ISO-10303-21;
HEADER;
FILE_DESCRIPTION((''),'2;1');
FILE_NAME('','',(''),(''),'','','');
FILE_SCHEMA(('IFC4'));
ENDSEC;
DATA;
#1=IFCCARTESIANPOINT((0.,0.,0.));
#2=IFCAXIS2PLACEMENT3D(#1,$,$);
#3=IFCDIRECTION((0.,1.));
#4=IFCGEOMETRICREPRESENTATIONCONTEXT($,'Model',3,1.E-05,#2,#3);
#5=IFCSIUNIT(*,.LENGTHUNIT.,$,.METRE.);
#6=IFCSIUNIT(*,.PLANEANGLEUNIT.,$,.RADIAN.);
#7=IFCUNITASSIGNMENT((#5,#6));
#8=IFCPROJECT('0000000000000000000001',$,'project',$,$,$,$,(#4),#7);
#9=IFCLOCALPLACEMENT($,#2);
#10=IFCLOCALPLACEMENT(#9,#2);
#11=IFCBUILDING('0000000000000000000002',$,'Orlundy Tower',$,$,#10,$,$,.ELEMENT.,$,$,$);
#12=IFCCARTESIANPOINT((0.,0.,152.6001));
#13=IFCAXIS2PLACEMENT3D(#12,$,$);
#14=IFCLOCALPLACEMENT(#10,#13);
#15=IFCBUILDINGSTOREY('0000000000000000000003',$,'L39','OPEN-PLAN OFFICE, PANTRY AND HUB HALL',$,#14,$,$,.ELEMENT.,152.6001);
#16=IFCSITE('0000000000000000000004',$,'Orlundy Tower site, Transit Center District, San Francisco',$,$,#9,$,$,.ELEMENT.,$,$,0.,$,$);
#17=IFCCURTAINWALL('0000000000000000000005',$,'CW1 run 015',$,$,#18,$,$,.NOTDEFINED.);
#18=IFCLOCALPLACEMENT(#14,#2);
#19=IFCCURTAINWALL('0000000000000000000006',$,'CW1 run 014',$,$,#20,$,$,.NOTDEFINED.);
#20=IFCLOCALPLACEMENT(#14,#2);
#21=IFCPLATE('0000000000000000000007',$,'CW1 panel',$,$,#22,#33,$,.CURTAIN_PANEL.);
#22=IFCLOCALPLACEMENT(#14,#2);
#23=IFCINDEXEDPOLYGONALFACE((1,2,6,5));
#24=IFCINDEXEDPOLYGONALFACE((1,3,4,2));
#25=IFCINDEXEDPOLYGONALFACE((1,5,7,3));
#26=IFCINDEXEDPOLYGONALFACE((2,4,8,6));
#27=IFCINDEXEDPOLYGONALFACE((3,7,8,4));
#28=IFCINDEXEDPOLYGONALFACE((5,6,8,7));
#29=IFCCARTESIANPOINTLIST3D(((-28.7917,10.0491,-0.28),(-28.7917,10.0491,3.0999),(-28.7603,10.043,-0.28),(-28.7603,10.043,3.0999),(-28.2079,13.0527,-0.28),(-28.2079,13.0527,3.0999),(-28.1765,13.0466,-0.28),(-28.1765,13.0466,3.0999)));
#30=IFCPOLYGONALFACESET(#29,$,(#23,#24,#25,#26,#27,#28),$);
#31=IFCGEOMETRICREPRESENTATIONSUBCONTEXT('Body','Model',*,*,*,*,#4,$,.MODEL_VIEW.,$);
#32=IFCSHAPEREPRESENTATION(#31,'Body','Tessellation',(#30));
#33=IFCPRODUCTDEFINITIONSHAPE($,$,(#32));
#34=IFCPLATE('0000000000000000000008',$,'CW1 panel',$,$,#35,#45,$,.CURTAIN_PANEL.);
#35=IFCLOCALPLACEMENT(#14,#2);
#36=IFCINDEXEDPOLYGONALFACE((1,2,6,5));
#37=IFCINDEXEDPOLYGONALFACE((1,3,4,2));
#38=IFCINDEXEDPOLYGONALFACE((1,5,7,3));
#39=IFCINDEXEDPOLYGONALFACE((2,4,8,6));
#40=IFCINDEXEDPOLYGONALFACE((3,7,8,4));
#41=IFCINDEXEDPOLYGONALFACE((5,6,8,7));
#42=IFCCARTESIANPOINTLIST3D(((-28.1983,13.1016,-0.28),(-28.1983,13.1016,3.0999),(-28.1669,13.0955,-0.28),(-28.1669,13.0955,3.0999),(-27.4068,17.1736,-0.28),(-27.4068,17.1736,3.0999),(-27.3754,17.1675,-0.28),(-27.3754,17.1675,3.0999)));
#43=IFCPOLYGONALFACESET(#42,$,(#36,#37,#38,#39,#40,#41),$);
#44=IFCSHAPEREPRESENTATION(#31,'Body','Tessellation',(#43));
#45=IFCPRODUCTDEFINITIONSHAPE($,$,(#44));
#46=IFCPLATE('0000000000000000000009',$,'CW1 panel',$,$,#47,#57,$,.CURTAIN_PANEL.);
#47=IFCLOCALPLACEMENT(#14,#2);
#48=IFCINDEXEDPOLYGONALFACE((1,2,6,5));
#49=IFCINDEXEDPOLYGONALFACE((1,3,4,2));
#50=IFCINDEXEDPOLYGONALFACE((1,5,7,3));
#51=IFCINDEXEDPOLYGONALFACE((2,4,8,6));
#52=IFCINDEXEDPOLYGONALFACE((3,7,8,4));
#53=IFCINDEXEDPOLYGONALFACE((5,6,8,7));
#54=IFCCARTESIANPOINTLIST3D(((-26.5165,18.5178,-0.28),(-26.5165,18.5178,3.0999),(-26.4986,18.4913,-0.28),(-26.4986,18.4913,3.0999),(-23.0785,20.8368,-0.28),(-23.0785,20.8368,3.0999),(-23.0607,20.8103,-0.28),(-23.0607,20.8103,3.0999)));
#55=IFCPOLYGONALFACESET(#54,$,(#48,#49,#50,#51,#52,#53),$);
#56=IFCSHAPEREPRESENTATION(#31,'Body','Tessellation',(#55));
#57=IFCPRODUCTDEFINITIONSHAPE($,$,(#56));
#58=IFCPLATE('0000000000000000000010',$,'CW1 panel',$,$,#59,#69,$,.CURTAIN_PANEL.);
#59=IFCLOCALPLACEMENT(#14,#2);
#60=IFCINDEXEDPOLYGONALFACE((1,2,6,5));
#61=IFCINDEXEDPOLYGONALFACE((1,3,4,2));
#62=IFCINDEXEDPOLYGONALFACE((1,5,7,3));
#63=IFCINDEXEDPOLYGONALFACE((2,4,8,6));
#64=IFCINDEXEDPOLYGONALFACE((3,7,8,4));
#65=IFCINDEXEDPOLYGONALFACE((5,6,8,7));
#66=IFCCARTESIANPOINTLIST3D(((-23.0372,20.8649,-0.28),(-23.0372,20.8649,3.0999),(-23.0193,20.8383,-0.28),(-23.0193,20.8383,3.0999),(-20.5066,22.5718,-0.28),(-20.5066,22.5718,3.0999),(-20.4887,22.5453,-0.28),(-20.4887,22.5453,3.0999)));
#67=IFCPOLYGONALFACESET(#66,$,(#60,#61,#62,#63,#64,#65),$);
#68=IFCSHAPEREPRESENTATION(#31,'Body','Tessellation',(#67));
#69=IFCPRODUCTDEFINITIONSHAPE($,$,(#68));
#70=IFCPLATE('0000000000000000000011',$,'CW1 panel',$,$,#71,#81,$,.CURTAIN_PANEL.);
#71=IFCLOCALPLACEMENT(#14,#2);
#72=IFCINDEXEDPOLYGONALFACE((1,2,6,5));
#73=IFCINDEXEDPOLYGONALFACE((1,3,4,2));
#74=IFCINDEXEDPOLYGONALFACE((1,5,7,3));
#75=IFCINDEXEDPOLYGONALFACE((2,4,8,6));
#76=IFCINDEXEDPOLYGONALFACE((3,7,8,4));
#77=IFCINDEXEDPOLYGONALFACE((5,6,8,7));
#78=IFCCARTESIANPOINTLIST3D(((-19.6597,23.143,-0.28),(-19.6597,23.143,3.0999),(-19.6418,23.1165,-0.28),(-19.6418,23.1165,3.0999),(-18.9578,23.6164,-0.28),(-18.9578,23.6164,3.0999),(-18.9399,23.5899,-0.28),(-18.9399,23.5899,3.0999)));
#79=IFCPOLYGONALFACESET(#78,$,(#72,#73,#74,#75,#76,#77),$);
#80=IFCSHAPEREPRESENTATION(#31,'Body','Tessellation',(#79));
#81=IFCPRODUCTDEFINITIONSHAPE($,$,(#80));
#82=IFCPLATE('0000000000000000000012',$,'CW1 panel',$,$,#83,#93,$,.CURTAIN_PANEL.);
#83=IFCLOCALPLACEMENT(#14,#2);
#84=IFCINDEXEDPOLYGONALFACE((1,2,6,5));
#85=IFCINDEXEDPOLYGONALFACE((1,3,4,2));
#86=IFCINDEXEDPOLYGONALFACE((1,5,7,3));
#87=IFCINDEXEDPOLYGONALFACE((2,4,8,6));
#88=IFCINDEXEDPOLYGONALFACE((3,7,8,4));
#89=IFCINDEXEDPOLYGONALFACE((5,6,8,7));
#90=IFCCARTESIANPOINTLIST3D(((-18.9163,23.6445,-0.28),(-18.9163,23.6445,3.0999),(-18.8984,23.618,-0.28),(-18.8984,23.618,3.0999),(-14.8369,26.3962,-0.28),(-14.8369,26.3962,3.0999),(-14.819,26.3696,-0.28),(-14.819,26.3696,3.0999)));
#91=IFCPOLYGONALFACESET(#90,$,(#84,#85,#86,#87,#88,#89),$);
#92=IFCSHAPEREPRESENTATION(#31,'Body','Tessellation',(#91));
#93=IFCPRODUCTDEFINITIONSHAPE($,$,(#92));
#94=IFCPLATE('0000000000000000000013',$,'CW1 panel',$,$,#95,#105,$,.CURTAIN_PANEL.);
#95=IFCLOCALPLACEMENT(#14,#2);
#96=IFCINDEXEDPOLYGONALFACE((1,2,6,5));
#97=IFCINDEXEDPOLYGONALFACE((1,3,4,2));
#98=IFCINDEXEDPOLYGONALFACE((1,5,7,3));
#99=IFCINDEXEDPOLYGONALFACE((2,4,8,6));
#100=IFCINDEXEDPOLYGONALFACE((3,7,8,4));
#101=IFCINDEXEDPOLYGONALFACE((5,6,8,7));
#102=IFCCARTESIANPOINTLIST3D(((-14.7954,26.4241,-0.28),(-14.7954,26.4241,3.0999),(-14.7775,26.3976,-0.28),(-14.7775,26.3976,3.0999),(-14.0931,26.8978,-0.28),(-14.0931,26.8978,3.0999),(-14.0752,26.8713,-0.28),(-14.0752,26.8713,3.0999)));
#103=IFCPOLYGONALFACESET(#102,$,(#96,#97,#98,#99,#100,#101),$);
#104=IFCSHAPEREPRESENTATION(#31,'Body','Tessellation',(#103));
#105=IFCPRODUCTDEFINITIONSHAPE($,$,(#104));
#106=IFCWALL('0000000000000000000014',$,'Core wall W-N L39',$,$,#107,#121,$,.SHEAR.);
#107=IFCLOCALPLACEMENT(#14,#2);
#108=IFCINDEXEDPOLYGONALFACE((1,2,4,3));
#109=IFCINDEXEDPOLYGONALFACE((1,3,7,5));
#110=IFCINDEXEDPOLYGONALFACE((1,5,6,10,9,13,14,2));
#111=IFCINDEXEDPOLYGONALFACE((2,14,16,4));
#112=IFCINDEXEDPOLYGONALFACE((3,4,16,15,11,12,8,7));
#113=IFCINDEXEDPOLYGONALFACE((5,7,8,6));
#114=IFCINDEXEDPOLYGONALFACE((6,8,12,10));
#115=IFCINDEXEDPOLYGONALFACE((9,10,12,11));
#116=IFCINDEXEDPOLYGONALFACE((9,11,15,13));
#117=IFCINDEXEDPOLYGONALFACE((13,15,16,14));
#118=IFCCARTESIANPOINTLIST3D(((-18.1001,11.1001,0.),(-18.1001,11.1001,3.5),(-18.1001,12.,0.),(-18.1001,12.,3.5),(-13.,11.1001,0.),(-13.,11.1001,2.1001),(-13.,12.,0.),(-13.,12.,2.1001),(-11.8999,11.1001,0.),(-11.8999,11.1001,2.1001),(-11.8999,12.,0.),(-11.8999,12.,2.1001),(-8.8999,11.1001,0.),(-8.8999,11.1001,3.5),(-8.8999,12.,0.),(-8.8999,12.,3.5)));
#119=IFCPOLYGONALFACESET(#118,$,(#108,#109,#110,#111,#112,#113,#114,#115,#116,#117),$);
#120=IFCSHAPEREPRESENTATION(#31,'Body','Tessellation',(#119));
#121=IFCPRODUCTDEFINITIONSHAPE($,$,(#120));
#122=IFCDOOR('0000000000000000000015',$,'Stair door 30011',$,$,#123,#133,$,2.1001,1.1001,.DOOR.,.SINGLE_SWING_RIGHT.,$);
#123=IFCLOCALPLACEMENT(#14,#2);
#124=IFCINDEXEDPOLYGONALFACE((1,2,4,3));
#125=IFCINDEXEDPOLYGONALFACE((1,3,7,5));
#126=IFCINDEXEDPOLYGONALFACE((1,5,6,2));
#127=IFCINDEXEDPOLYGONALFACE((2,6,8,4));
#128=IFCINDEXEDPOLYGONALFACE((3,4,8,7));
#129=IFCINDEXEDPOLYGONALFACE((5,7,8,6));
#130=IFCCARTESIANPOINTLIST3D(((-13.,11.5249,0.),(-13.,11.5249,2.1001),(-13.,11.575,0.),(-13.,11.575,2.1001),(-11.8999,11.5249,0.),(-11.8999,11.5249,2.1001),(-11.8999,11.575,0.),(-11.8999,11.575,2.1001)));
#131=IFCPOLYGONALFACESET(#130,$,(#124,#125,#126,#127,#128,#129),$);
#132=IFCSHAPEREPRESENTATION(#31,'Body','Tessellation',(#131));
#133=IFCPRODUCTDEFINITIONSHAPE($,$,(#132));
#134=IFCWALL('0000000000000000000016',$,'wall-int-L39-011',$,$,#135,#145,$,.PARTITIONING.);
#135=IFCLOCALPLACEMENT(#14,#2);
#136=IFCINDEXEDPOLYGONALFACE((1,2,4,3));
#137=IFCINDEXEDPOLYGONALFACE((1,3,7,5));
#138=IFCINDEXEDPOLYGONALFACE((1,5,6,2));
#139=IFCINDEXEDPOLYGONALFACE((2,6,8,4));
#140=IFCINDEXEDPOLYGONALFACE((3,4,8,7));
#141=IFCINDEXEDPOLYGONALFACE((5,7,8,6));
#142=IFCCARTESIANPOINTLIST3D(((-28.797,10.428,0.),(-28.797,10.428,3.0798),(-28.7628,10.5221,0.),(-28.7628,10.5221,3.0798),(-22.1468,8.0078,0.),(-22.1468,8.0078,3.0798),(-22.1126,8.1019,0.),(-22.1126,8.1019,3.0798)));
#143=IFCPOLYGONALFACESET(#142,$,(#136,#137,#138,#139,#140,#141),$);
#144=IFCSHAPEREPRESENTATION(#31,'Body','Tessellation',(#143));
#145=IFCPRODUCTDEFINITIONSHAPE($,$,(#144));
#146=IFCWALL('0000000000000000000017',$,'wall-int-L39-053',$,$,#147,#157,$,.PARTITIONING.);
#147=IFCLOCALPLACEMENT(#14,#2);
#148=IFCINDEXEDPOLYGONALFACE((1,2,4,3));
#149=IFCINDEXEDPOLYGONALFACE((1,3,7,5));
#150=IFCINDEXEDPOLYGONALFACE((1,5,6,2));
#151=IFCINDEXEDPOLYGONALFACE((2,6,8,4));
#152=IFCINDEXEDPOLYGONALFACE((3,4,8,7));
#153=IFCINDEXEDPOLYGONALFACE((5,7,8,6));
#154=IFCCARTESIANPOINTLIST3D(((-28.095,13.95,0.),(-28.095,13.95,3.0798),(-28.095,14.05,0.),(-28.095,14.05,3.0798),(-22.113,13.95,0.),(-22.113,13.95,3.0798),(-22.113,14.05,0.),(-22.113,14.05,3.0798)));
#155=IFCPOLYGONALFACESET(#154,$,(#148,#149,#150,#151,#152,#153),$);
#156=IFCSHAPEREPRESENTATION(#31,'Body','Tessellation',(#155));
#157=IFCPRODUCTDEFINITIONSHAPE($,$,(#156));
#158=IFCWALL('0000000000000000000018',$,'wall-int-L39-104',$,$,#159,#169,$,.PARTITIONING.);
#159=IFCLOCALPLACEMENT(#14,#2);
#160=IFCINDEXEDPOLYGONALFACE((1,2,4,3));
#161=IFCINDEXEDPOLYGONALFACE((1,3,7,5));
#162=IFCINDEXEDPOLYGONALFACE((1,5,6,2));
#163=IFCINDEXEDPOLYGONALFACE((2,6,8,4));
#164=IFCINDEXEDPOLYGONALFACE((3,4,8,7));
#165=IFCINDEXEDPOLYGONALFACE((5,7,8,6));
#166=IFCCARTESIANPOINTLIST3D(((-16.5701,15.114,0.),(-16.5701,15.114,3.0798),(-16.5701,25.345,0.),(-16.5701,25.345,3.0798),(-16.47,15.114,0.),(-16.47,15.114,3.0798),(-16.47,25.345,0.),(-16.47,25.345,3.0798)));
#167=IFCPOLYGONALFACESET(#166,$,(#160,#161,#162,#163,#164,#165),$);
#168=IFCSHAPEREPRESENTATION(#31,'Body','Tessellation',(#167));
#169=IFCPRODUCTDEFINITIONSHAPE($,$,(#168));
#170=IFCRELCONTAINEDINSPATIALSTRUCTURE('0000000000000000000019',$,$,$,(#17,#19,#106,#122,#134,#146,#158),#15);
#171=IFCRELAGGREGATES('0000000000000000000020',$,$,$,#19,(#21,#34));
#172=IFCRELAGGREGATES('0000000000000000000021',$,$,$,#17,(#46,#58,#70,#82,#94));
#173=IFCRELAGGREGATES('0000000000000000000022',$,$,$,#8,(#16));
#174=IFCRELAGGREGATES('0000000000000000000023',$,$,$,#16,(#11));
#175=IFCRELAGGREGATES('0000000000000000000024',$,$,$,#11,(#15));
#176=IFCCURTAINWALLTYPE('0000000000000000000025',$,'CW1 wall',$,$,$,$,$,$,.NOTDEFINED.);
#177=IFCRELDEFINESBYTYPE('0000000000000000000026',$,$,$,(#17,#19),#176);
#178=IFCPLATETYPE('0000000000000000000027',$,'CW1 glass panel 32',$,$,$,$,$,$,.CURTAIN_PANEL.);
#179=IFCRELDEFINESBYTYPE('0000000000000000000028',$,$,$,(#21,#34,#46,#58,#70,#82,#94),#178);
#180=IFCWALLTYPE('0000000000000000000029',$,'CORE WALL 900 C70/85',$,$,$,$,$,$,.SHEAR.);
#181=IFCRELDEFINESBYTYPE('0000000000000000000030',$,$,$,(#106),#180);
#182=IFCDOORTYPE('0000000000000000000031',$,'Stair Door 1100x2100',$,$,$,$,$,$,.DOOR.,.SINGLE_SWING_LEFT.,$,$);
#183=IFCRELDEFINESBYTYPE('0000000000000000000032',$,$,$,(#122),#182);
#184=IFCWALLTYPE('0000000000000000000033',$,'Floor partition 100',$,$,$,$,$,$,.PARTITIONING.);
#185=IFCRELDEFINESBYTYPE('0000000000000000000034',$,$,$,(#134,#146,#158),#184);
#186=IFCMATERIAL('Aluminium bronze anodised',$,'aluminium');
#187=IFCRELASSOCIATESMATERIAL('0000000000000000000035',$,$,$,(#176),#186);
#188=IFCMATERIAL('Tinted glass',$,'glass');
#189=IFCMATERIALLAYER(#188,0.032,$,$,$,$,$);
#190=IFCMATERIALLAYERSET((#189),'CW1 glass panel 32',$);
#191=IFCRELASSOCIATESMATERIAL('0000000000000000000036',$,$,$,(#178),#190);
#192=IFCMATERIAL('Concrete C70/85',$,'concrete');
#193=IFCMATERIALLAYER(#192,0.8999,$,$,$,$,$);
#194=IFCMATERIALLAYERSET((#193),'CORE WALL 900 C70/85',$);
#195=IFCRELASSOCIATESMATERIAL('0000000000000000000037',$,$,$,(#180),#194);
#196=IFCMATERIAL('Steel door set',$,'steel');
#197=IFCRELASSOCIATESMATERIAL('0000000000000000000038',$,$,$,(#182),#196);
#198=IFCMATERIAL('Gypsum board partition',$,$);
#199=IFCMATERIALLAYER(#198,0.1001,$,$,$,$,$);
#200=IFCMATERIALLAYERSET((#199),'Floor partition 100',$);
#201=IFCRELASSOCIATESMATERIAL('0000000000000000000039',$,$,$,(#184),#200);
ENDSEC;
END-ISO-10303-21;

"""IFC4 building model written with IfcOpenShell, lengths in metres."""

from ifc_helpers import new_model, si_unit, direction, frame, frame_2d, origin, origin_2d, place, context, subcontext, project, spatial, rectangle, extrude, material, layer, layer_set, type_object, element, fill, aggregate, save


model = new_model("IFC4")

# Units and contexts
model_context = context("Model", 3, precision=1e-05, world=origin(), true_north=direction((0.0, 1.0)))
body_context = subcontext(model_context, "Body", "Model", "MODEL_VIEW")
ifc_project = project(units=[si_unit("LENGTHUNIT", "METRE"), si_unit("PLANEANGLEUNIT", "RADIAN")], contexts=[model_context])

# Site, building, storey
site_placement = place(None, origin())
site = spatial("IfcSite", under=ifc_project, at=site_placement, Name="Orlundy Tower site, Transit Center District, San Francisco", CompositionType="ELEMENT", RefElevation=0.0)
building_placement = place(site_placement, origin())
building = spatial("IfcBuilding", under=site, at=building_placement, Name="Orlundy Tower", CompositionType="ELEMENT")
storey_placement = place(building_placement, frame((0.0, 0.0, 152.6001)))
storey = spatial("IfcBuildingStorey", under=building, at=storey_placement, Name="L39", Description="OPEN-PLAN OFFICE, PANTRY AND HUB HALL", CompositionType="ELEMENT", Elevation=152.6001)

# Curtain wall
ifc_material_1 = material(Name="Aluminium bronze anodised", Category="aluminium")
curtain_wall_type = type_object("IfcCurtainWallType", Name="CW1 wall", PredefinedType="NOTDEFINED", material=ifc_material_1)
curtain_wall_1_placement = place(storey_placement, origin())
curtain_wall_1 = element("IfcCurtainWall", 1, at=curtain_wall_1_placement, inside=storey, type_object=curtain_wall_type, Name="CW1 run 015", PredefinedType="NOTDEFINED")

# Curtain wall
curtain_wall_2_placement = place(storey_placement, origin())
curtain_wall_2 = element("IfcCurtainWall", 2, at=curtain_wall_2_placement, inside=storey, type_object=curtain_wall_type, Name="CW1 run 014", PredefinedType="NOTDEFINED")

# Plates
ifc_material_2 = material(Name="Tinted glass", Category="glass")
ifc_layer_1 = layer(ifc_material_2, 0.032)
ifc_layer_set_1 = layer_set([ifc_layer_1], Name="CW1 glass panel 32")
plate_type = type_object("IfcPlateType", Name="CW1 glass panel 32", PredefinedType="CURTAIN_PANEL", material=ifc_layer_set_1)
plate_1_placement = place(storey_placement, frame((-28.4841, 11.5479, -0.28), z_axis=(0.0, 0.0, 1.0), x_axis=(0.190805, 0.981628, 0.0)))
plate_1 = element("IfcPlate", 3, at=plate_1_placement, type_object=plate_type, Name="CW1 panel", PredefinedType="CURTAIN_PANEL", context=body_context, shape_type="SweptSolid", body=[
    extrude(rectangle(XDim=3.0598, YDim=0.032, at=origin_2d()), origin(), (0.0, 0.0, 1.0), 3.3799),
])
plate_2_placement = place(storey_placement, frame((-27.7869, 15.1345, -0.28), z_axis=(0.0, 0.0, 1.0), x_axis=(0.190805, 0.981628, 0.0)))
plate_2 = element("IfcPlate", 4, at=plate_2_placement, type_object=plate_type, Name="CW1 panel", PredefinedType="CURTAIN_PANEL", context=body_context, shape_type="SweptSolid", body=[
    extrude(rectangle(XDim=4.1482, YDim=0.032, at=origin_2d()), origin(), (0.0, 0.0, 1.0), 3.3799),
])
aggregate(curtain_wall_2, [plate_1, plate_2])
plate_3_placement = place(storey_placement, frame((-24.7886, 19.6641, -0.28), z_axis=(0.0, 0.0, 1.0), x_axis=(0.82903, 0.559205, 0.0)))
plate_3 = element("IfcPlate", 5, at=plate_3_placement, type_object=plate_type, Name="CW1 panel", PredefinedType="CURTAIN_PANEL", context=body_context, shape_type="SweptSolid", body=[
    extrude(rectangle(XDim=4.147, YDim=0.032, at=origin_2d()), origin(), (0.0, 0.0, 1.0), 3.3799),
])
plate_4_placement = place(storey_placement, frame((-21.7629, 21.7051, -0.28), z_axis=(0.0, 0.0, 1.0), x_axis=(0.82903, 0.559205, 0.0)))
plate_4 = element("IfcPlate", 6, at=plate_4_placement, type_object=plate_type, Name="CW1 panel", PredefinedType="CURTAIN_PANEL", context=body_context, shape_type="SweptSolid", body=[
    extrude(rectangle(XDim=3.0525, YDim=0.032, at=origin_2d()), origin(), (0.0, 0.0, 1.0), 3.3799),
])
plate_5_placement = place(storey_placement, frame((-19.2998, 23.3665, -0.28), z_axis=(0.0, 0.0, 1.0), x_axis=(0.82903, 0.559205, 0.0)))
plate_5 = element("IfcPlate", 7, at=plate_5_placement, type_object=plate_type, Name="CW1 panel", PredefinedType="CURTAIN_PANEL", context=body_context, shape_type="SweptSolid", body=[
    extrude(rectangle(XDim=0.8467, YDim=0.032, at=origin_2d()), origin(), (0.0, 0.0, 1.0), 3.3799),
])
plate_6_placement = place(storey_placement, frame((-16.8677, 25.0071, -0.28), z_axis=(0.0, 0.0, 1.0), x_axis=(0.82903, 0.559205, 0.0)))
plate_6 = element("IfcPlate", 8, at=plate_6_placement, type_object=plate_type, Name="CW1 panel", PredefinedType="CURTAIN_PANEL", context=body_context, shape_type="SweptSolid", body=[
    extrude(rectangle(XDim=4.9207, YDim=0.032, at=origin_2d()), origin(), (0.0, 0.0, 1.0), 3.3799),
])
plate_7_placement = place(storey_placement, frame((-14.4353, 26.6477, -0.28), z_axis=(0.0, 0.0, 1.0), x_axis=(0.82903, 0.559205, 0.0)))
plate_7 = element("IfcPlate", 9, at=plate_7_placement, type_object=plate_type, Name="CW1 panel", PredefinedType="CURTAIN_PANEL", context=body_context, shape_type="SweptSolid", body=[
    extrude(rectangle(XDim=0.8472, YDim=0.032, at=origin_2d()), origin(), (0.0, 0.0, 1.0), 3.3799),
])
aggregate(curtain_wall_1, [plate_3, plate_4, plate_5, plate_6, plate_7])

# Wall, opening, door
ifc_material_3 = material(Name="Concrete C70/85", Category="concrete")
ifc_layer_2 = layer(ifc_material_3, 0.8999)
ifc_layer_set_2 = layer_set([ifc_layer_2], Name="CORE WALL 900 C70/85")
wall_type_1 = type_object("IfcWallType", Name="CORE WALL 900 C70/85", PredefinedType="SHEAR", material=ifc_layer_set_2)
wall_1_placement = place(storey_placement, frame((-18.1001, 11.55, 0.0), z_axis=(0.0, 0.0, 1.0), x_axis=(1.0, 0.0, 0.0)))
wall_1 = element("IfcWall", 10, at=wall_1_placement, inside=storey, type_object=wall_type_1, Name="Core wall W-N L39", PredefinedType="SHEAR", context=body_context, shape_type="SweptSolid", body=[
    extrude(rectangle(XDim=9.2002, YDim=0.8999, at=frame_2d((4.6001, 0.0))), origin(), (0.0, 0.0, 1.0), 3.5),
])
opening_1_placement = place(wall_1_placement, frame((5.1001, 0.0, 0.0)))
opening_1 = element("IfcOpeningElement", 11, at=opening_1_placement, cuts=wall_1, PredefinedType="OPENING", context=body_context, shape_type="SweptSolid", body=[
    extrude(rectangle(XDim=1.1001, YDim=2.1001, at=frame_2d((0.55, 1.05))), frame((0.0, 0.46, 0.0), z_axis=(0.0, -1.0, 0.0), x_axis=(1.0, 0.0, 0.0)), (0.0, 0.0, 1.0), 0.9199),
])
ifc_material_4 = material(Name="Steel door set", Category="steel")
door_type_1 = type_object("IfcDoorType", Name="Stair Door 1100x2100", OperationType="SINGLE_SWING_LEFT", PredefinedType="DOOR", material=ifc_material_4)
door_1_placement = place(opening_1_placement, origin())
door_1 = element("IfcDoor", 12, at=door_1_placement, inside=storey, type_object=door_type_1, Name="Stair door 30011", OperationType="SINGLE_SWING_RIGHT", OverallHeight=2.1001, OverallWidth=1.1001, PredefinedType="DOOR", context=body_context, shape_type="SweptSolid", body=[
    extrude(rectangle(XDim=1.1001, YDim=2.1001, at=frame_2d((0.55, 1.05))), frame((0.0, 0.0249, 0.0), z_axis=(0.0, -1.0, 0.0), x_axis=(1.0, 0.0, 0.0)), (0.0, 0.0, 1.0), 0.05),
])
fill(opening_1, door_1)

# Walls
ifc_material_5 = material(Name="Gypsum board partition")
ifc_layer_3 = layer(ifc_material_5, 0.1001)
ifc_layer_set_3 = layer_set([ifc_layer_3], Name="Floor partition 100")
wall_type_2 = type_object("IfcWallType", Name="Floor partition 100", PredefinedType="PARTITIONING", material=ifc_layer_set_3)
wall_2_placement = place(storey_placement, frame((-28.78, 10.4751, 0.0), z_axis=(0.0, 0.0, 1.0), x_axis=(0.939706, -0.341984, 0.0)))
element("IfcWall", 13, at=wall_2_placement, inside=storey, type_object=wall_type_2, Name="wall-int-L39-011", PredefinedType="PARTITIONING", context=body_context, shape_type="SweptSolid", body=[
    extrude(rectangle(XDim=7.0769, YDim=0.1001, at=frame_2d((3.5386, 0.0))), origin(), (0.0, 0.0, 1.0), 3.0798),
])
wall_3_placement = place(storey_placement, frame((-28.095, 14.0, 0.0), z_axis=(0.0, 0.0, 1.0), x_axis=(1.0, 0.0, 0.0)))
element("IfcWall", 14, at=wall_3_placement, inside=storey, type_object=wall_type_2, Name="wall-int-L39-053", PredefinedType="PARTITIONING", context=body_context, shape_type="SweptSolid", body=[
    extrude(rectangle(XDim=5.9819, YDim=0.1001, at=frame_2d((2.991, 0.0))), origin(), (0.0, 0.0, 1.0), 3.0798),
])
wall_4_placement = place(storey_placement, frame((-16.52, 15.114, 0.0), z_axis=(0.0, 0.0, 1.0), x_axis=(0.0, 1.0, 0.0)))
element("IfcWall", 15, at=wall_4_placement, inside=storey, type_object=wall_type_2, Name="wall-int-L39-104", PredefinedType="PARTITIONING", context=body_context, shape_type="SweptSolid", body=[
    extrude(rectangle(XDim=10.231, YDim=0.1001, at=frame_2d((5.1155, 0.0))), origin(), (0.0, 0.0, 1.0), 3.0798),
])

save(model, "model.ifc")
